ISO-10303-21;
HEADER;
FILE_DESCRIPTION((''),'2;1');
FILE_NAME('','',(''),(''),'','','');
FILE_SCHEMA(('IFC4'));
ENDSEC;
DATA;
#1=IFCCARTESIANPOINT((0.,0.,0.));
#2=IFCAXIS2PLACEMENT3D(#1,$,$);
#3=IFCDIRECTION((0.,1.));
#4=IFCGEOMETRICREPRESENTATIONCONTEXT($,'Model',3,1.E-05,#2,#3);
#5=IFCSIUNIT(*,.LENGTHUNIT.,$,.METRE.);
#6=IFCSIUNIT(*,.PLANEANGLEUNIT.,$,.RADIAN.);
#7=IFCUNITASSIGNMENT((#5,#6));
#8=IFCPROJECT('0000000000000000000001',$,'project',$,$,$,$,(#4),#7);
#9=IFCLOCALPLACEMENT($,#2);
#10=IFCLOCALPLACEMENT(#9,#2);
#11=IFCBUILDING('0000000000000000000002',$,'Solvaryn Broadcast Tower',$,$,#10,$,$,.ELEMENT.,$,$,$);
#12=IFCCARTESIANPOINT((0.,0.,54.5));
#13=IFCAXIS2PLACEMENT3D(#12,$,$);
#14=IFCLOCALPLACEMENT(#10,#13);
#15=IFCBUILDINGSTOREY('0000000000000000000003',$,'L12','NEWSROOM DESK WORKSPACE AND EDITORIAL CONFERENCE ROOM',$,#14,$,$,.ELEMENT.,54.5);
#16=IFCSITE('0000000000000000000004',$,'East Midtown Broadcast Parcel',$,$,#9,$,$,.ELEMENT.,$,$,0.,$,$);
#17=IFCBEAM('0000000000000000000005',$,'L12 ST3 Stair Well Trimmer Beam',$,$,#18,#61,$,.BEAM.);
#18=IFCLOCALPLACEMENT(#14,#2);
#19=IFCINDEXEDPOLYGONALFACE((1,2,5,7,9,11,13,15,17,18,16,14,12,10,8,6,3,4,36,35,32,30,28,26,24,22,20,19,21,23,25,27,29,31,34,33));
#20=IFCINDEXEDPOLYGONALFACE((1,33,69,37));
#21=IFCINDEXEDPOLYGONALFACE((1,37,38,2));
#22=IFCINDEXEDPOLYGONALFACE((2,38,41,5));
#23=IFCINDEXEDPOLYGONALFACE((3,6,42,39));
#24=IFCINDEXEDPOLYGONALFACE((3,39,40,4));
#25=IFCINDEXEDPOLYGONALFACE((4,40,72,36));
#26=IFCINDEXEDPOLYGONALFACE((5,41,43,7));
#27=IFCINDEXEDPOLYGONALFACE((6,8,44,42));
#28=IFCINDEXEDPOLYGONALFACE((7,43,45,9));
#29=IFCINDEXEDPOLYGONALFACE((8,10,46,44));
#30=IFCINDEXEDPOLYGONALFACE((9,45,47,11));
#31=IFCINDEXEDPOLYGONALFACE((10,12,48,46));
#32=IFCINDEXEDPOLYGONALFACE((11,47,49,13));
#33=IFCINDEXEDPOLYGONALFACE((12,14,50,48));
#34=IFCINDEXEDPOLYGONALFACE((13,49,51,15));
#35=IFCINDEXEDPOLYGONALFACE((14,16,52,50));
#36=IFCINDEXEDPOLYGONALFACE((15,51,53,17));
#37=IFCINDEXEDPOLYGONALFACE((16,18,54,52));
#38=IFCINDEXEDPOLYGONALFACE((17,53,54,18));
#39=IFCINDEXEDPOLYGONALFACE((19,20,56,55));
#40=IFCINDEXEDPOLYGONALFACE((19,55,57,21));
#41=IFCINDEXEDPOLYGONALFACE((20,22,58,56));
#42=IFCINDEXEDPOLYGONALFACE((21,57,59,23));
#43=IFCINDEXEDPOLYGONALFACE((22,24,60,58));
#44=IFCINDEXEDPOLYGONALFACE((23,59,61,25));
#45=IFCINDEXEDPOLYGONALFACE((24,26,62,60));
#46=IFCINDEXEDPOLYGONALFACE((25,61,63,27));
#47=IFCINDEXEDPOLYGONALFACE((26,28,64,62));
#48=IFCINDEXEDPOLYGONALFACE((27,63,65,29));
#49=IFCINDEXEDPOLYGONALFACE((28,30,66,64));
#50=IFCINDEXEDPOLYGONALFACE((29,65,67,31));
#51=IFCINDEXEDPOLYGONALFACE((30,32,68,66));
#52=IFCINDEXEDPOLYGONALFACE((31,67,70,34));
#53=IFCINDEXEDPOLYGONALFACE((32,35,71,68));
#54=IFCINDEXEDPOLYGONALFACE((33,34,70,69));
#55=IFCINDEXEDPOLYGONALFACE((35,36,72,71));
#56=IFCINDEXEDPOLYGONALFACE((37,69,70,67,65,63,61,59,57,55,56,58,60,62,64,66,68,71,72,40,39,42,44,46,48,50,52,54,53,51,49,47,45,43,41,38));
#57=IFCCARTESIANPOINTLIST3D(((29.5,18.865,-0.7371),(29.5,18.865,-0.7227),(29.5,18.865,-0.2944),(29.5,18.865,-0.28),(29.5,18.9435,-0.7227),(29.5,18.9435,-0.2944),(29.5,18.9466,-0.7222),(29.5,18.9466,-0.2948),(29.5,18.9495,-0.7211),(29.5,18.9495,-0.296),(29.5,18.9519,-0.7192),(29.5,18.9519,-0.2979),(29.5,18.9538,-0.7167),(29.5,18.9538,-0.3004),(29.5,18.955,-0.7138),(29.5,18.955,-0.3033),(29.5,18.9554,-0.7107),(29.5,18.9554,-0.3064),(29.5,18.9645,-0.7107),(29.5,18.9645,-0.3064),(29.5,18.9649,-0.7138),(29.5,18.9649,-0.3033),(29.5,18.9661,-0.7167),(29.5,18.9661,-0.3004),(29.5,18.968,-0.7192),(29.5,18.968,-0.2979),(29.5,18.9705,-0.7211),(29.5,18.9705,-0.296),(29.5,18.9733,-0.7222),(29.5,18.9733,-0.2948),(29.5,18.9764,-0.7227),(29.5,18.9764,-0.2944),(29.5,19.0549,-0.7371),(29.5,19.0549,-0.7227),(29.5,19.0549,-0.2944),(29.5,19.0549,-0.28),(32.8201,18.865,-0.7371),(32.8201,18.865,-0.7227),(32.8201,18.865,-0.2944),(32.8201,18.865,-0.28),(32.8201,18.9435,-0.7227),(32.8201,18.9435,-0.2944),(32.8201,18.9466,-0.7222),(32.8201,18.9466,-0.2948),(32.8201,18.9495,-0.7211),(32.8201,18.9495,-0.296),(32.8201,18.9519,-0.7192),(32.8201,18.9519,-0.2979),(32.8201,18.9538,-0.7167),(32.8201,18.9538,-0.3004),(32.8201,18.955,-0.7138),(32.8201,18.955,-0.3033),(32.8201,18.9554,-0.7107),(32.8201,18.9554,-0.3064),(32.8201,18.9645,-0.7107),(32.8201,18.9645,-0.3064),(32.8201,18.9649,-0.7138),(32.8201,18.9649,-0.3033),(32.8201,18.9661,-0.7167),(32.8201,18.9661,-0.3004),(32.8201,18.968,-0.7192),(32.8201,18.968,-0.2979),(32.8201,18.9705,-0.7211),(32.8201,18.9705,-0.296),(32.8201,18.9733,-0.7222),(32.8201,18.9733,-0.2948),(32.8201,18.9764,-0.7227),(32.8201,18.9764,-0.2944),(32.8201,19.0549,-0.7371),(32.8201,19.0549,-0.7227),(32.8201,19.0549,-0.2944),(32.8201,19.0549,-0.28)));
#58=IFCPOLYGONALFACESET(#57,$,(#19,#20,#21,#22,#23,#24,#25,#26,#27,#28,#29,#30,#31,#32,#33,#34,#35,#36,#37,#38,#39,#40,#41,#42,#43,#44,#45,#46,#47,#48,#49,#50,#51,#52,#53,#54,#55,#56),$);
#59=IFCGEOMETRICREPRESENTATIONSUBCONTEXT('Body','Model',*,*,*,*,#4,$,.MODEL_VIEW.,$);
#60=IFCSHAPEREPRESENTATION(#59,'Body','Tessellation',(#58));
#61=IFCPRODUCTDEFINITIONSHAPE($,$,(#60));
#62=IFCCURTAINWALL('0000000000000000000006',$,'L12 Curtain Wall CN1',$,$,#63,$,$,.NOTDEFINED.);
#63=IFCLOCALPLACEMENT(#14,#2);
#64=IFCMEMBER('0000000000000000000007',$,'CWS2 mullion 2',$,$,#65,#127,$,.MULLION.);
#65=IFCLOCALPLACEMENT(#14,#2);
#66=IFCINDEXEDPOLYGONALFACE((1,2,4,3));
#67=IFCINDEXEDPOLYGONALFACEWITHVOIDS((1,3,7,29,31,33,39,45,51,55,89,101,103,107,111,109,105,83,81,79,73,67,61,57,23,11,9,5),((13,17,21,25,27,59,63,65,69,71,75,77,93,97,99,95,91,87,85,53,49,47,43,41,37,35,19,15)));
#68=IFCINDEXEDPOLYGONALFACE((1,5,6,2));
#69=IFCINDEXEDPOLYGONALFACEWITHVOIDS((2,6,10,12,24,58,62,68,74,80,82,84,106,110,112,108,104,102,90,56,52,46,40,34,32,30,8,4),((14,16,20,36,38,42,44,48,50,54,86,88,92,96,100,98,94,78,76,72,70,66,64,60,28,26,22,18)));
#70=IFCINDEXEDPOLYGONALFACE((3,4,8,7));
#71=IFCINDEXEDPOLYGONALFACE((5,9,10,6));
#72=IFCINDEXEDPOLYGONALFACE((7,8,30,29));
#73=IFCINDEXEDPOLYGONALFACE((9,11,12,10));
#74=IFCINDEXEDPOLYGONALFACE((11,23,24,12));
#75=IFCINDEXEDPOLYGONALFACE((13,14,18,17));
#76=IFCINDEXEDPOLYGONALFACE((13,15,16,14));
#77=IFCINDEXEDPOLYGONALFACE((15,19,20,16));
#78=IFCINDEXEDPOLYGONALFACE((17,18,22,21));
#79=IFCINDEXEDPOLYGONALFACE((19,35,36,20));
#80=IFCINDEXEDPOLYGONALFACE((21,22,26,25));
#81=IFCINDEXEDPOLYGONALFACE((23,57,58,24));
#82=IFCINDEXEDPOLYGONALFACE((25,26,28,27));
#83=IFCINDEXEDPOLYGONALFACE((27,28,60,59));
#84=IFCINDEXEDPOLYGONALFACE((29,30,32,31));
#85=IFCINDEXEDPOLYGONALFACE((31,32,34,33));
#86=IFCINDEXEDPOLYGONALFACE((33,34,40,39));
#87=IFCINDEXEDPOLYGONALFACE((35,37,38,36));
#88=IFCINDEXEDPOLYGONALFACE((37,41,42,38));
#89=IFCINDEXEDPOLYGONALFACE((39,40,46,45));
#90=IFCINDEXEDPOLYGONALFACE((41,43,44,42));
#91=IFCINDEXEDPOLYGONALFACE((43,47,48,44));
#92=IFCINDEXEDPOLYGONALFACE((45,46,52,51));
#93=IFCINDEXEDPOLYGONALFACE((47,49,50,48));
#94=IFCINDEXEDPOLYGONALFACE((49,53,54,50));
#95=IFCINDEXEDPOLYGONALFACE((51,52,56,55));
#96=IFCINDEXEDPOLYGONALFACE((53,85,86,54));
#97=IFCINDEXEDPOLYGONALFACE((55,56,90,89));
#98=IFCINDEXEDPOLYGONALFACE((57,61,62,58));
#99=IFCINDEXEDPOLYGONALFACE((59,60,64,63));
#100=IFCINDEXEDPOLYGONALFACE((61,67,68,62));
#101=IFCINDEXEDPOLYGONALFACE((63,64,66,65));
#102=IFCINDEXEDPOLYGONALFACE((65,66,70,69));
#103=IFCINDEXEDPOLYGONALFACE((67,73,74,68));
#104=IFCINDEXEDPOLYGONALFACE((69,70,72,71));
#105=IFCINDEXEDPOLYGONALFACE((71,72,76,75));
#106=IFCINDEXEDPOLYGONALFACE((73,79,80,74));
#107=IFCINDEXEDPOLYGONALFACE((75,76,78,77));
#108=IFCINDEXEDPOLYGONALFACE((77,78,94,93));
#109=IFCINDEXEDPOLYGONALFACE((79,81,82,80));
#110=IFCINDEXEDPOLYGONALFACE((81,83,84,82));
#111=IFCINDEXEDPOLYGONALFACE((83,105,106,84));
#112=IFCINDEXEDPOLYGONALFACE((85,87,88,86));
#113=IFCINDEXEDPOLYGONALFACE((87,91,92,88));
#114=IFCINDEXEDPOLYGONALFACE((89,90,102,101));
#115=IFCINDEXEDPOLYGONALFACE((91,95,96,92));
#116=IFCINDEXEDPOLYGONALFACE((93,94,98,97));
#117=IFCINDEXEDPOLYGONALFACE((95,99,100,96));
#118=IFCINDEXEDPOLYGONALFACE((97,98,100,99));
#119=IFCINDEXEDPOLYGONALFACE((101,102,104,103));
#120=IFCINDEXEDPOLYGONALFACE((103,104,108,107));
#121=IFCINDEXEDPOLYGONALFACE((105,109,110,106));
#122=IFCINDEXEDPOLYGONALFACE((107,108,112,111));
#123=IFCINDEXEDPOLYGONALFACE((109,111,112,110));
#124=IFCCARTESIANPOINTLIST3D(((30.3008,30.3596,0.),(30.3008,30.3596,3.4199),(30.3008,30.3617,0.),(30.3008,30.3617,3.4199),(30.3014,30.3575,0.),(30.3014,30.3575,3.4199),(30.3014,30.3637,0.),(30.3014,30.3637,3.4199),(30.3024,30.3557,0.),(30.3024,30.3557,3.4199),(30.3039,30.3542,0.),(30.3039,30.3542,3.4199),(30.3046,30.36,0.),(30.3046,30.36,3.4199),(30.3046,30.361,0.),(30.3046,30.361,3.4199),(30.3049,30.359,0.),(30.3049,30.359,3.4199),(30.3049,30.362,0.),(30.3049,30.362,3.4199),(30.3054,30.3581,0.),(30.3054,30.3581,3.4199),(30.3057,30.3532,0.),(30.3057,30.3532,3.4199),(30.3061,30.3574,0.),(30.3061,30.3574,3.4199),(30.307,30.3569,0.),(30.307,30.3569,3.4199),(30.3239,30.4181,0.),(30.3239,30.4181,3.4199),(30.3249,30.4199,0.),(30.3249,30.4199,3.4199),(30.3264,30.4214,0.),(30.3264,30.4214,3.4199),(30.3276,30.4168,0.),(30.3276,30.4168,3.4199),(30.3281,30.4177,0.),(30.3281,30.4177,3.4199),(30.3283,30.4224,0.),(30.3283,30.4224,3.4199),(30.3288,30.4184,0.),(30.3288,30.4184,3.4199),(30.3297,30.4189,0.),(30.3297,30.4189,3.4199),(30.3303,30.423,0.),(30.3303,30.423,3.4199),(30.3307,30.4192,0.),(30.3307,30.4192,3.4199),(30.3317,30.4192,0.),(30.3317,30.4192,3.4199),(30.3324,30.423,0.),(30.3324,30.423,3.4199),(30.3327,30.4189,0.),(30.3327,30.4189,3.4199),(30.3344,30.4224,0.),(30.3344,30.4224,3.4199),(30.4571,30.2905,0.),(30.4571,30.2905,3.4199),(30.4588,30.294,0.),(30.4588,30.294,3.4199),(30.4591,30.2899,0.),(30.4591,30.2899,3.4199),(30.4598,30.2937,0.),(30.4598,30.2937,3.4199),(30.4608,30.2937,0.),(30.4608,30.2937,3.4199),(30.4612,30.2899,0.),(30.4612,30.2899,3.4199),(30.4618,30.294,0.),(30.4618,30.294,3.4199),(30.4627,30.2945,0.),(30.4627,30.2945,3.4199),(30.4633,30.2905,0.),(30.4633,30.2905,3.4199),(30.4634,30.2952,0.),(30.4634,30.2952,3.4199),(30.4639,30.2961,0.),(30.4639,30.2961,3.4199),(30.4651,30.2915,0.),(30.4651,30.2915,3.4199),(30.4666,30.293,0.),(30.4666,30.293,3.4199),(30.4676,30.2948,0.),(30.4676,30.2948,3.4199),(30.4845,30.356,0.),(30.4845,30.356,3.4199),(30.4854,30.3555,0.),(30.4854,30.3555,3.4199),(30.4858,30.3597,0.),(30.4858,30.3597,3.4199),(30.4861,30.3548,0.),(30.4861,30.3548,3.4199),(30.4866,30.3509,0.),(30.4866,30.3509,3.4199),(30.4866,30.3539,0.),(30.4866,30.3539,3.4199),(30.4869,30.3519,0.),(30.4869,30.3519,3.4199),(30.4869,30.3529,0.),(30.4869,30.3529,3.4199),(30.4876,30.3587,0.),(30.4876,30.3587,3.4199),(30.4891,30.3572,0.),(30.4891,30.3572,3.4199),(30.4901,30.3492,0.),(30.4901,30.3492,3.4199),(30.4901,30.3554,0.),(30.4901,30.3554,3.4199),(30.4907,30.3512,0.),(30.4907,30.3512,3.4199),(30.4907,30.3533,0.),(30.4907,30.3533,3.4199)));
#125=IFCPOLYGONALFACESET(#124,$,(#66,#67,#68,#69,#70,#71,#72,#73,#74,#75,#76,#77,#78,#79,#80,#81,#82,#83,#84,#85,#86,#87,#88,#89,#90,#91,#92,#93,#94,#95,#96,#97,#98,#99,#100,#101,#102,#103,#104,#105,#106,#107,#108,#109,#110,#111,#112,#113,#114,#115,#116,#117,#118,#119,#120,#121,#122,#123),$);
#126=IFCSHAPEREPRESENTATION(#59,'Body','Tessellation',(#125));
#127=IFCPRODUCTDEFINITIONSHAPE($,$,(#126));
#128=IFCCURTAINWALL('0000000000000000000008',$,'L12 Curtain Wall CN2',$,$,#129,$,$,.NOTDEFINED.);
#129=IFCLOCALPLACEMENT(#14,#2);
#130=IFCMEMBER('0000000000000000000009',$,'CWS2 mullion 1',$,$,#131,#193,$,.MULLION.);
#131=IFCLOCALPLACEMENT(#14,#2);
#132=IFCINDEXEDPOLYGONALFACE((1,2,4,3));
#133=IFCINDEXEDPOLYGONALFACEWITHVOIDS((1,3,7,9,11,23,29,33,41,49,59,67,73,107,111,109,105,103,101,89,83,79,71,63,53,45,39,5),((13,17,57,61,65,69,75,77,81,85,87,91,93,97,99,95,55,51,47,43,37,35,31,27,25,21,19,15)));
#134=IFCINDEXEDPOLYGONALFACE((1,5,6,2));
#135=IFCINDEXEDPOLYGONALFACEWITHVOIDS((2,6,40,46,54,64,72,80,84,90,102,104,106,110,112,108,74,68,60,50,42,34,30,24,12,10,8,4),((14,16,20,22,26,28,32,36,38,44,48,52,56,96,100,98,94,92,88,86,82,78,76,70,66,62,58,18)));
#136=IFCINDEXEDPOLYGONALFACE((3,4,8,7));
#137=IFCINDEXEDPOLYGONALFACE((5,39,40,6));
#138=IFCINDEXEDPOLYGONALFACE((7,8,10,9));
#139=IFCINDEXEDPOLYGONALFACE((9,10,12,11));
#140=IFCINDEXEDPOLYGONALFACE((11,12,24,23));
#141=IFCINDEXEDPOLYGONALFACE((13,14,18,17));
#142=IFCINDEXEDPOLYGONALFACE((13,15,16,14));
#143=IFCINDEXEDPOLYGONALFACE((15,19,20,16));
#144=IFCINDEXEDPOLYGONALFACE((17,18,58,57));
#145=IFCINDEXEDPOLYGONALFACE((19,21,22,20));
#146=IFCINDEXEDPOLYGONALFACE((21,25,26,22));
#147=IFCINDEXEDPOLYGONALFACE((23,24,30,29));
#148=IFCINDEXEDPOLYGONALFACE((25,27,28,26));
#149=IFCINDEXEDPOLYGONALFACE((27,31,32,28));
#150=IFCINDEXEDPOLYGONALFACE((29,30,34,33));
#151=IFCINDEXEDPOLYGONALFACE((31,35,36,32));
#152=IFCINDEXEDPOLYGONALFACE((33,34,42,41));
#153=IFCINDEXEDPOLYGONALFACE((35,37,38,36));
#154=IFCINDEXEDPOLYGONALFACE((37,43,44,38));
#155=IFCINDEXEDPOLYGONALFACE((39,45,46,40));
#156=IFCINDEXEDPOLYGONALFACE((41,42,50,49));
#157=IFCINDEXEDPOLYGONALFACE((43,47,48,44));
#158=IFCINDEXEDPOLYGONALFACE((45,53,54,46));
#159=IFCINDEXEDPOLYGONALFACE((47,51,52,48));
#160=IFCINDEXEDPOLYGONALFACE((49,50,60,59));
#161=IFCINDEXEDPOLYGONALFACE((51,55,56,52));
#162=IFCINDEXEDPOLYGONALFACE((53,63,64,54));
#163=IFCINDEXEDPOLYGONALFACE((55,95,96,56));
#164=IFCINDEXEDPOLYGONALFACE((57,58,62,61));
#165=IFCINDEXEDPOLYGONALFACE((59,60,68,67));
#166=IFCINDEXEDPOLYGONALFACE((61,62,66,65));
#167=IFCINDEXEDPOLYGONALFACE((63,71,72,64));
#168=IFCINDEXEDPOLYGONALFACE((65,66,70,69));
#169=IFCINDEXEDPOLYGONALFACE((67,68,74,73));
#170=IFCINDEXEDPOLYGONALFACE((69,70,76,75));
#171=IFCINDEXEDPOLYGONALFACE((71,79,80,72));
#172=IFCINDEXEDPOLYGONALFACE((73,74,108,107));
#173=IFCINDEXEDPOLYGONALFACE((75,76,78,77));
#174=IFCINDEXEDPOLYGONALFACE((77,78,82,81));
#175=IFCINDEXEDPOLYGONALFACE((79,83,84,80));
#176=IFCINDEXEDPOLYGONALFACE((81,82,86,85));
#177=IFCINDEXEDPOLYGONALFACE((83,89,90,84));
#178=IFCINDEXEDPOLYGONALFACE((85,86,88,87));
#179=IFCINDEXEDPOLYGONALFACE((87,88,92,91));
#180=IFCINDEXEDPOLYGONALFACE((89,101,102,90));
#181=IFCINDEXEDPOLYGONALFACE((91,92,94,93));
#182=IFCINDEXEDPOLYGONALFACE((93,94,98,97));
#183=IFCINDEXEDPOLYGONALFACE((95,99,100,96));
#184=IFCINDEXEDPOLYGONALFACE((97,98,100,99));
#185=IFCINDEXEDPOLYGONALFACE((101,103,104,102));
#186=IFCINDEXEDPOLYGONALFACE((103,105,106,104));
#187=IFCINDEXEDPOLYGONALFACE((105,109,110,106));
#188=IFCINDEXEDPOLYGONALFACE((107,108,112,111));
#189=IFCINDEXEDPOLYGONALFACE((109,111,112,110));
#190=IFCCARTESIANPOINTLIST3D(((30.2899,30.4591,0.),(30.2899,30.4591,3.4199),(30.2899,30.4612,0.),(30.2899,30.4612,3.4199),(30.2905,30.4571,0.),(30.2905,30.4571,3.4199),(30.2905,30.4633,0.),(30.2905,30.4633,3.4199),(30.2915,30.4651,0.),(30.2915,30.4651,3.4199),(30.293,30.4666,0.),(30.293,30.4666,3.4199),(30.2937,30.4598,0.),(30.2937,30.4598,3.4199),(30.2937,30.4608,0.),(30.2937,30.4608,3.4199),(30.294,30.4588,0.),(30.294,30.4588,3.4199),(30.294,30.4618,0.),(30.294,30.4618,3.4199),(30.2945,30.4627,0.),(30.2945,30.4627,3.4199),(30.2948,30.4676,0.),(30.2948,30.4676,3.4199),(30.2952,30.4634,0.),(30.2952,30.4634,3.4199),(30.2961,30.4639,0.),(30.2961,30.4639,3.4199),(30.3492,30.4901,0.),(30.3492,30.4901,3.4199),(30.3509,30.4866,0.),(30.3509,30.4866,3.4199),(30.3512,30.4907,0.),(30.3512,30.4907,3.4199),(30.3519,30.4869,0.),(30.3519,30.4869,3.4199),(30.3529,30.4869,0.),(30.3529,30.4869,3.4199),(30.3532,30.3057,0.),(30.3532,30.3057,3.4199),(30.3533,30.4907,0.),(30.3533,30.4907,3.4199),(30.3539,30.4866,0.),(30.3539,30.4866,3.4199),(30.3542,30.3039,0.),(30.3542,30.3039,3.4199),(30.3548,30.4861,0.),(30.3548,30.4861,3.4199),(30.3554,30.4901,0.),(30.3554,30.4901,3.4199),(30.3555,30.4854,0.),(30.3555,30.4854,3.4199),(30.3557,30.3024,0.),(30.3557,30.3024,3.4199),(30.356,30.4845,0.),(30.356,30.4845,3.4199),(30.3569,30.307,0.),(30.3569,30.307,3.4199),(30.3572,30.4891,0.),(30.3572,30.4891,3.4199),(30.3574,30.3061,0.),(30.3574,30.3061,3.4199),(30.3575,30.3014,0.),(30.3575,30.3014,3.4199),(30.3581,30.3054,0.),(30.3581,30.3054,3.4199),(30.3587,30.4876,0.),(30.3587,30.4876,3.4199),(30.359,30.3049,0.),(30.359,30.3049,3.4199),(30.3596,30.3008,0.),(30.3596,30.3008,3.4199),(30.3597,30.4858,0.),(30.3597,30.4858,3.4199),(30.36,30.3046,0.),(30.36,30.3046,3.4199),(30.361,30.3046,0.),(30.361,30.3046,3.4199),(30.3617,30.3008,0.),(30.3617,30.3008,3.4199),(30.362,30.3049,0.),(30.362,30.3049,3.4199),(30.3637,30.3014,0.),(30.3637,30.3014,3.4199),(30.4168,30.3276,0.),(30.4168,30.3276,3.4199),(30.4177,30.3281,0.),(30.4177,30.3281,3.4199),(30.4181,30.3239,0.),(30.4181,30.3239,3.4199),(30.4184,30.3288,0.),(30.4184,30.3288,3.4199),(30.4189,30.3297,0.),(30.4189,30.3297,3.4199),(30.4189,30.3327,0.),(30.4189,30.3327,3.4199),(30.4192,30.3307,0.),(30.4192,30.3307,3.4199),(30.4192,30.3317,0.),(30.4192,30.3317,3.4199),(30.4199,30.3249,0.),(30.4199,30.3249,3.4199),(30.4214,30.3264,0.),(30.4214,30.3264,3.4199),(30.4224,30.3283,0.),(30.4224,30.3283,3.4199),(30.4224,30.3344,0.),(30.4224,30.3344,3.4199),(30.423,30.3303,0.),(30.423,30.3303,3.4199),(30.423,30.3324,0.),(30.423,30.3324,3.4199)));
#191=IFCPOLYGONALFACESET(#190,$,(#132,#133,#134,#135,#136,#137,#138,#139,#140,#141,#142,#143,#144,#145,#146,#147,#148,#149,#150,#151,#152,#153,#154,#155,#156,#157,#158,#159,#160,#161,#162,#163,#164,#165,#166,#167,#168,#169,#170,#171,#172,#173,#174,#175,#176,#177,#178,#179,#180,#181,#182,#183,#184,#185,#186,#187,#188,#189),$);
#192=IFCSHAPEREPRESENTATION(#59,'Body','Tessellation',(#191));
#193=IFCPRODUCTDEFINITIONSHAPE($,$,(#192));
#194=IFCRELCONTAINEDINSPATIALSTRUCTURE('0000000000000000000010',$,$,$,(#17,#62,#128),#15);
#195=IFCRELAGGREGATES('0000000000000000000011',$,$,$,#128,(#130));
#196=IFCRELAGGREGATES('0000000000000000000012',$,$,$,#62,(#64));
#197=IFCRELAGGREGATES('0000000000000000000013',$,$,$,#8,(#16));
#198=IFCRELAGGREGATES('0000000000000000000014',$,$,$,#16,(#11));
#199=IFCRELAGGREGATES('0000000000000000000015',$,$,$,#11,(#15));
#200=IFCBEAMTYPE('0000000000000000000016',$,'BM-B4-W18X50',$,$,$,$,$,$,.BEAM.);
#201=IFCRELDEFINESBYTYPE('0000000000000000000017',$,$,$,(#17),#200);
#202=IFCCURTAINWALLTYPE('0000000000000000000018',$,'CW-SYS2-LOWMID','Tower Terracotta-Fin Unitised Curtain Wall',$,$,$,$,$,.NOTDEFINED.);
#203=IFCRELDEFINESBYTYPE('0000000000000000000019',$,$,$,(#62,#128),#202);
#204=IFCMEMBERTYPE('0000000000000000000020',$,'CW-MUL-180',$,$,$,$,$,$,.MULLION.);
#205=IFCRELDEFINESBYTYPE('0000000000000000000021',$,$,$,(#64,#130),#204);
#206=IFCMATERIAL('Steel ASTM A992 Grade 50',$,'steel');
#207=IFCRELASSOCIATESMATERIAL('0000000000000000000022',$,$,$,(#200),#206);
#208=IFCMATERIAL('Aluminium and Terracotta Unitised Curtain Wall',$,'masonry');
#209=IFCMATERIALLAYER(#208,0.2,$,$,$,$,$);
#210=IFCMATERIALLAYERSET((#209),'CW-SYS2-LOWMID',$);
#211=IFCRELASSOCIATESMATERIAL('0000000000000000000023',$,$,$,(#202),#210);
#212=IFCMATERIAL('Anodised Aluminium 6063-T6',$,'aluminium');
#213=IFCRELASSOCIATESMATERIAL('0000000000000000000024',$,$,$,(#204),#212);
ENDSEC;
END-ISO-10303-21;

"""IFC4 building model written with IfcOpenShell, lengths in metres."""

from ifc_helpers import new_model, si_unit, direction, frame, origin, origin_2d, place, context, subcontext, project, spatial, hollow_rectangle, i_section, extrude, material, layer, layer_set, material_profile, profile_set, type_object, element, aggregate, save


model = new_model("IFC4")

# Units and contexts
model_context = context("Model", 3, precision=1e-05, world=origin(), true_north=direction((0.0, 1.0)))
body_context = subcontext(model_context, "Body", "Model", "MODEL_VIEW")
ifc_project = project(units=[si_unit("LENGTHUNIT", "METRE"), si_unit("PLANEANGLEUNIT", "RADIAN")], contexts=[model_context])

# Site, building, storey
site_placement = place(None, origin())
site = spatial("IfcSite", under=ifc_project, at=site_placement, Name="East Midtown Broadcast Parcel", CompositionType="ELEMENT", RefElevation=0.0)
building_placement = place(site_placement, origin())
building = spatial("IfcBuilding", under=site, at=building_placement, Name="Solvaryn Broadcast Tower", CompositionType="ELEMENT")
storey_placement = place(building_placement, frame((0.0, 0.0, 54.5)))
storey = spatial("IfcBuildingStorey", under=building, at=storey_placement, Name="L12", Description="NEWSROOM DESK WORKSPACE AND EDITORIAL CONFERENCE ROOM", CompositionType="ELEMENT", Elevation=54.5)

# Beam
ifc_material_1 = material(Name="Steel ASTM A992 Grade 50", Category="steel")
ifc_material_profile_1 = material_profile(ifc_material_1, i_section(OverallWidth=0.1899, OverallDepth=0.457, WebThickness=0.009, FlangeThickness=0.0144, FilletRadius=0.012, at=origin_2d()))
ifc_profile_set_1 = profile_set([ifc_material_profile_1], Name="Steel ASTM A992 Grade 50")
beam_type_1 = type_object("IfcBeamType", Name="BM-B4-W18X50", PredefinedType="BEAM", material=ifc_profile_set_1)
beam_1_placement = place(storey_placement, frame((29.5, 18.96, -0.5085), z_axis=(1.0, 0.0, 0.0), x_axis=(0.0, 1.0, 0.0)))
element("IfcBeam", 1, at=beam_1_placement, inside=storey, type_object=beam_type_1, Name="L12 ST3 Stair Well Trimmer Beam", PredefinedType="BEAM", context=body_context, shape_type="SweptSolid", body=[
    extrude(i_section(OverallWidth=0.1899, OverallDepth=0.457, WebThickness=0.009, FlangeThickness=0.0144, FilletRadius=0.012, at=origin_2d()), origin(), (0.0, 0.0, 1.0), 3.3201),
])

# Curtain wall, member
ifc_material_2 = material(Name="Aluminium and Terracotta Unitised Curtain Wall", Category="masonry")
ifc_layer_1 = layer(ifc_material_2, 0.2)
ifc_layer_set_1 = layer_set([ifc_layer_1], Name="CW-SYS2-LOWMID")
curtain_wall_type = type_object("IfcCurtainWallType", Name="CW-SYS2-LOWMID", Description="Tower Terracotta-Fin Unitised Curtain Wall", PredefinedType="NOTDEFINED", material=ifc_layer_set_1)
curtain_wall_1_placement = place(storey_placement, origin())
curtain_wall_1 = element("IfcCurtainWall", 2, at=curtain_wall_1_placement, inside=storey, type_object=curtain_wall_type, Name="L12 Curtain Wall CN1", PredefinedType="NOTDEFINED")
ifc_material_3 = material(Name="Anodised Aluminium 6063-T6", Category="aluminium")
ifc_material_profile_2 = material_profile(ifc_material_3, hollow_rectangle(XDim=0.075, YDim=0.1799, WallThickness=0.0039, InnerFilletRadius=0.0039, OuterFilletRadius=0.0081, at=origin_2d()))
ifc_profile_set_2 = profile_set([ifc_material_profile_2], Name="Anodised Aluminium 6063-T6")
member_type_1 = type_object("IfcMemberType", Name="CW-MUL-180", PredefinedType="MULLION", material=ifc_profile_set_2)
member_1_placement = place(storey_placement, frame((30.3958, 30.3564, 0.0), z_axis=(0.0, 0.0, 1.0), x_axis=(-0.382646, -0.923895, 0.0)))
member_1 = element("IfcMember", 3, at=member_1_placement, type_object=member_type_1, Name="CWS2 mullion 2", PredefinedType="MULLION", context=body_context, shape_type="SweptSolid", body=[
    extrude(hollow_rectangle(XDim=0.075, YDim=0.1799, WallThickness=0.0039, InnerFilletRadius=0.0039, OuterFilletRadius=0.0081, at=origin_2d()), origin(), (0.0, 0.0, 1.0), 3.4199),
])

# Curtain wall, member
curtain_wall_2_placement = place(storey_placement, origin())
curtain_wall_2 = element("IfcCurtainWall", 4, at=curtain_wall_2_placement, inside=storey, type_object=curtain_wall_type, Name="L12 Curtain Wall CN2", PredefinedType="NOTDEFINED")
member_2_placement = place(storey_placement, frame((30.3564, 30.3958, 0.0), z_axis=(0.0, 0.0, 1.0), x_axis=(-0.923895, -0.382646, 0.0)))
member_2 = element("IfcMember", 5, at=member_2_placement, type_object=member_type_1, Name="CWS2 mullion 1", PredefinedType="MULLION", context=body_context, shape_type="SweptSolid", body=[
    extrude(hollow_rectangle(XDim=0.075, YDim=0.1799, WallThickness=0.0039, InnerFilletRadius=0.0039, OuterFilletRadius=0.0081, at=origin_2d()), origin(), (0.0, 0.0, 1.0), 3.4199),
])
aggregate(curtain_wall_2, [member_2])

aggregate(curtain_wall_1, [member_1])

save(model, "model.ifc")
